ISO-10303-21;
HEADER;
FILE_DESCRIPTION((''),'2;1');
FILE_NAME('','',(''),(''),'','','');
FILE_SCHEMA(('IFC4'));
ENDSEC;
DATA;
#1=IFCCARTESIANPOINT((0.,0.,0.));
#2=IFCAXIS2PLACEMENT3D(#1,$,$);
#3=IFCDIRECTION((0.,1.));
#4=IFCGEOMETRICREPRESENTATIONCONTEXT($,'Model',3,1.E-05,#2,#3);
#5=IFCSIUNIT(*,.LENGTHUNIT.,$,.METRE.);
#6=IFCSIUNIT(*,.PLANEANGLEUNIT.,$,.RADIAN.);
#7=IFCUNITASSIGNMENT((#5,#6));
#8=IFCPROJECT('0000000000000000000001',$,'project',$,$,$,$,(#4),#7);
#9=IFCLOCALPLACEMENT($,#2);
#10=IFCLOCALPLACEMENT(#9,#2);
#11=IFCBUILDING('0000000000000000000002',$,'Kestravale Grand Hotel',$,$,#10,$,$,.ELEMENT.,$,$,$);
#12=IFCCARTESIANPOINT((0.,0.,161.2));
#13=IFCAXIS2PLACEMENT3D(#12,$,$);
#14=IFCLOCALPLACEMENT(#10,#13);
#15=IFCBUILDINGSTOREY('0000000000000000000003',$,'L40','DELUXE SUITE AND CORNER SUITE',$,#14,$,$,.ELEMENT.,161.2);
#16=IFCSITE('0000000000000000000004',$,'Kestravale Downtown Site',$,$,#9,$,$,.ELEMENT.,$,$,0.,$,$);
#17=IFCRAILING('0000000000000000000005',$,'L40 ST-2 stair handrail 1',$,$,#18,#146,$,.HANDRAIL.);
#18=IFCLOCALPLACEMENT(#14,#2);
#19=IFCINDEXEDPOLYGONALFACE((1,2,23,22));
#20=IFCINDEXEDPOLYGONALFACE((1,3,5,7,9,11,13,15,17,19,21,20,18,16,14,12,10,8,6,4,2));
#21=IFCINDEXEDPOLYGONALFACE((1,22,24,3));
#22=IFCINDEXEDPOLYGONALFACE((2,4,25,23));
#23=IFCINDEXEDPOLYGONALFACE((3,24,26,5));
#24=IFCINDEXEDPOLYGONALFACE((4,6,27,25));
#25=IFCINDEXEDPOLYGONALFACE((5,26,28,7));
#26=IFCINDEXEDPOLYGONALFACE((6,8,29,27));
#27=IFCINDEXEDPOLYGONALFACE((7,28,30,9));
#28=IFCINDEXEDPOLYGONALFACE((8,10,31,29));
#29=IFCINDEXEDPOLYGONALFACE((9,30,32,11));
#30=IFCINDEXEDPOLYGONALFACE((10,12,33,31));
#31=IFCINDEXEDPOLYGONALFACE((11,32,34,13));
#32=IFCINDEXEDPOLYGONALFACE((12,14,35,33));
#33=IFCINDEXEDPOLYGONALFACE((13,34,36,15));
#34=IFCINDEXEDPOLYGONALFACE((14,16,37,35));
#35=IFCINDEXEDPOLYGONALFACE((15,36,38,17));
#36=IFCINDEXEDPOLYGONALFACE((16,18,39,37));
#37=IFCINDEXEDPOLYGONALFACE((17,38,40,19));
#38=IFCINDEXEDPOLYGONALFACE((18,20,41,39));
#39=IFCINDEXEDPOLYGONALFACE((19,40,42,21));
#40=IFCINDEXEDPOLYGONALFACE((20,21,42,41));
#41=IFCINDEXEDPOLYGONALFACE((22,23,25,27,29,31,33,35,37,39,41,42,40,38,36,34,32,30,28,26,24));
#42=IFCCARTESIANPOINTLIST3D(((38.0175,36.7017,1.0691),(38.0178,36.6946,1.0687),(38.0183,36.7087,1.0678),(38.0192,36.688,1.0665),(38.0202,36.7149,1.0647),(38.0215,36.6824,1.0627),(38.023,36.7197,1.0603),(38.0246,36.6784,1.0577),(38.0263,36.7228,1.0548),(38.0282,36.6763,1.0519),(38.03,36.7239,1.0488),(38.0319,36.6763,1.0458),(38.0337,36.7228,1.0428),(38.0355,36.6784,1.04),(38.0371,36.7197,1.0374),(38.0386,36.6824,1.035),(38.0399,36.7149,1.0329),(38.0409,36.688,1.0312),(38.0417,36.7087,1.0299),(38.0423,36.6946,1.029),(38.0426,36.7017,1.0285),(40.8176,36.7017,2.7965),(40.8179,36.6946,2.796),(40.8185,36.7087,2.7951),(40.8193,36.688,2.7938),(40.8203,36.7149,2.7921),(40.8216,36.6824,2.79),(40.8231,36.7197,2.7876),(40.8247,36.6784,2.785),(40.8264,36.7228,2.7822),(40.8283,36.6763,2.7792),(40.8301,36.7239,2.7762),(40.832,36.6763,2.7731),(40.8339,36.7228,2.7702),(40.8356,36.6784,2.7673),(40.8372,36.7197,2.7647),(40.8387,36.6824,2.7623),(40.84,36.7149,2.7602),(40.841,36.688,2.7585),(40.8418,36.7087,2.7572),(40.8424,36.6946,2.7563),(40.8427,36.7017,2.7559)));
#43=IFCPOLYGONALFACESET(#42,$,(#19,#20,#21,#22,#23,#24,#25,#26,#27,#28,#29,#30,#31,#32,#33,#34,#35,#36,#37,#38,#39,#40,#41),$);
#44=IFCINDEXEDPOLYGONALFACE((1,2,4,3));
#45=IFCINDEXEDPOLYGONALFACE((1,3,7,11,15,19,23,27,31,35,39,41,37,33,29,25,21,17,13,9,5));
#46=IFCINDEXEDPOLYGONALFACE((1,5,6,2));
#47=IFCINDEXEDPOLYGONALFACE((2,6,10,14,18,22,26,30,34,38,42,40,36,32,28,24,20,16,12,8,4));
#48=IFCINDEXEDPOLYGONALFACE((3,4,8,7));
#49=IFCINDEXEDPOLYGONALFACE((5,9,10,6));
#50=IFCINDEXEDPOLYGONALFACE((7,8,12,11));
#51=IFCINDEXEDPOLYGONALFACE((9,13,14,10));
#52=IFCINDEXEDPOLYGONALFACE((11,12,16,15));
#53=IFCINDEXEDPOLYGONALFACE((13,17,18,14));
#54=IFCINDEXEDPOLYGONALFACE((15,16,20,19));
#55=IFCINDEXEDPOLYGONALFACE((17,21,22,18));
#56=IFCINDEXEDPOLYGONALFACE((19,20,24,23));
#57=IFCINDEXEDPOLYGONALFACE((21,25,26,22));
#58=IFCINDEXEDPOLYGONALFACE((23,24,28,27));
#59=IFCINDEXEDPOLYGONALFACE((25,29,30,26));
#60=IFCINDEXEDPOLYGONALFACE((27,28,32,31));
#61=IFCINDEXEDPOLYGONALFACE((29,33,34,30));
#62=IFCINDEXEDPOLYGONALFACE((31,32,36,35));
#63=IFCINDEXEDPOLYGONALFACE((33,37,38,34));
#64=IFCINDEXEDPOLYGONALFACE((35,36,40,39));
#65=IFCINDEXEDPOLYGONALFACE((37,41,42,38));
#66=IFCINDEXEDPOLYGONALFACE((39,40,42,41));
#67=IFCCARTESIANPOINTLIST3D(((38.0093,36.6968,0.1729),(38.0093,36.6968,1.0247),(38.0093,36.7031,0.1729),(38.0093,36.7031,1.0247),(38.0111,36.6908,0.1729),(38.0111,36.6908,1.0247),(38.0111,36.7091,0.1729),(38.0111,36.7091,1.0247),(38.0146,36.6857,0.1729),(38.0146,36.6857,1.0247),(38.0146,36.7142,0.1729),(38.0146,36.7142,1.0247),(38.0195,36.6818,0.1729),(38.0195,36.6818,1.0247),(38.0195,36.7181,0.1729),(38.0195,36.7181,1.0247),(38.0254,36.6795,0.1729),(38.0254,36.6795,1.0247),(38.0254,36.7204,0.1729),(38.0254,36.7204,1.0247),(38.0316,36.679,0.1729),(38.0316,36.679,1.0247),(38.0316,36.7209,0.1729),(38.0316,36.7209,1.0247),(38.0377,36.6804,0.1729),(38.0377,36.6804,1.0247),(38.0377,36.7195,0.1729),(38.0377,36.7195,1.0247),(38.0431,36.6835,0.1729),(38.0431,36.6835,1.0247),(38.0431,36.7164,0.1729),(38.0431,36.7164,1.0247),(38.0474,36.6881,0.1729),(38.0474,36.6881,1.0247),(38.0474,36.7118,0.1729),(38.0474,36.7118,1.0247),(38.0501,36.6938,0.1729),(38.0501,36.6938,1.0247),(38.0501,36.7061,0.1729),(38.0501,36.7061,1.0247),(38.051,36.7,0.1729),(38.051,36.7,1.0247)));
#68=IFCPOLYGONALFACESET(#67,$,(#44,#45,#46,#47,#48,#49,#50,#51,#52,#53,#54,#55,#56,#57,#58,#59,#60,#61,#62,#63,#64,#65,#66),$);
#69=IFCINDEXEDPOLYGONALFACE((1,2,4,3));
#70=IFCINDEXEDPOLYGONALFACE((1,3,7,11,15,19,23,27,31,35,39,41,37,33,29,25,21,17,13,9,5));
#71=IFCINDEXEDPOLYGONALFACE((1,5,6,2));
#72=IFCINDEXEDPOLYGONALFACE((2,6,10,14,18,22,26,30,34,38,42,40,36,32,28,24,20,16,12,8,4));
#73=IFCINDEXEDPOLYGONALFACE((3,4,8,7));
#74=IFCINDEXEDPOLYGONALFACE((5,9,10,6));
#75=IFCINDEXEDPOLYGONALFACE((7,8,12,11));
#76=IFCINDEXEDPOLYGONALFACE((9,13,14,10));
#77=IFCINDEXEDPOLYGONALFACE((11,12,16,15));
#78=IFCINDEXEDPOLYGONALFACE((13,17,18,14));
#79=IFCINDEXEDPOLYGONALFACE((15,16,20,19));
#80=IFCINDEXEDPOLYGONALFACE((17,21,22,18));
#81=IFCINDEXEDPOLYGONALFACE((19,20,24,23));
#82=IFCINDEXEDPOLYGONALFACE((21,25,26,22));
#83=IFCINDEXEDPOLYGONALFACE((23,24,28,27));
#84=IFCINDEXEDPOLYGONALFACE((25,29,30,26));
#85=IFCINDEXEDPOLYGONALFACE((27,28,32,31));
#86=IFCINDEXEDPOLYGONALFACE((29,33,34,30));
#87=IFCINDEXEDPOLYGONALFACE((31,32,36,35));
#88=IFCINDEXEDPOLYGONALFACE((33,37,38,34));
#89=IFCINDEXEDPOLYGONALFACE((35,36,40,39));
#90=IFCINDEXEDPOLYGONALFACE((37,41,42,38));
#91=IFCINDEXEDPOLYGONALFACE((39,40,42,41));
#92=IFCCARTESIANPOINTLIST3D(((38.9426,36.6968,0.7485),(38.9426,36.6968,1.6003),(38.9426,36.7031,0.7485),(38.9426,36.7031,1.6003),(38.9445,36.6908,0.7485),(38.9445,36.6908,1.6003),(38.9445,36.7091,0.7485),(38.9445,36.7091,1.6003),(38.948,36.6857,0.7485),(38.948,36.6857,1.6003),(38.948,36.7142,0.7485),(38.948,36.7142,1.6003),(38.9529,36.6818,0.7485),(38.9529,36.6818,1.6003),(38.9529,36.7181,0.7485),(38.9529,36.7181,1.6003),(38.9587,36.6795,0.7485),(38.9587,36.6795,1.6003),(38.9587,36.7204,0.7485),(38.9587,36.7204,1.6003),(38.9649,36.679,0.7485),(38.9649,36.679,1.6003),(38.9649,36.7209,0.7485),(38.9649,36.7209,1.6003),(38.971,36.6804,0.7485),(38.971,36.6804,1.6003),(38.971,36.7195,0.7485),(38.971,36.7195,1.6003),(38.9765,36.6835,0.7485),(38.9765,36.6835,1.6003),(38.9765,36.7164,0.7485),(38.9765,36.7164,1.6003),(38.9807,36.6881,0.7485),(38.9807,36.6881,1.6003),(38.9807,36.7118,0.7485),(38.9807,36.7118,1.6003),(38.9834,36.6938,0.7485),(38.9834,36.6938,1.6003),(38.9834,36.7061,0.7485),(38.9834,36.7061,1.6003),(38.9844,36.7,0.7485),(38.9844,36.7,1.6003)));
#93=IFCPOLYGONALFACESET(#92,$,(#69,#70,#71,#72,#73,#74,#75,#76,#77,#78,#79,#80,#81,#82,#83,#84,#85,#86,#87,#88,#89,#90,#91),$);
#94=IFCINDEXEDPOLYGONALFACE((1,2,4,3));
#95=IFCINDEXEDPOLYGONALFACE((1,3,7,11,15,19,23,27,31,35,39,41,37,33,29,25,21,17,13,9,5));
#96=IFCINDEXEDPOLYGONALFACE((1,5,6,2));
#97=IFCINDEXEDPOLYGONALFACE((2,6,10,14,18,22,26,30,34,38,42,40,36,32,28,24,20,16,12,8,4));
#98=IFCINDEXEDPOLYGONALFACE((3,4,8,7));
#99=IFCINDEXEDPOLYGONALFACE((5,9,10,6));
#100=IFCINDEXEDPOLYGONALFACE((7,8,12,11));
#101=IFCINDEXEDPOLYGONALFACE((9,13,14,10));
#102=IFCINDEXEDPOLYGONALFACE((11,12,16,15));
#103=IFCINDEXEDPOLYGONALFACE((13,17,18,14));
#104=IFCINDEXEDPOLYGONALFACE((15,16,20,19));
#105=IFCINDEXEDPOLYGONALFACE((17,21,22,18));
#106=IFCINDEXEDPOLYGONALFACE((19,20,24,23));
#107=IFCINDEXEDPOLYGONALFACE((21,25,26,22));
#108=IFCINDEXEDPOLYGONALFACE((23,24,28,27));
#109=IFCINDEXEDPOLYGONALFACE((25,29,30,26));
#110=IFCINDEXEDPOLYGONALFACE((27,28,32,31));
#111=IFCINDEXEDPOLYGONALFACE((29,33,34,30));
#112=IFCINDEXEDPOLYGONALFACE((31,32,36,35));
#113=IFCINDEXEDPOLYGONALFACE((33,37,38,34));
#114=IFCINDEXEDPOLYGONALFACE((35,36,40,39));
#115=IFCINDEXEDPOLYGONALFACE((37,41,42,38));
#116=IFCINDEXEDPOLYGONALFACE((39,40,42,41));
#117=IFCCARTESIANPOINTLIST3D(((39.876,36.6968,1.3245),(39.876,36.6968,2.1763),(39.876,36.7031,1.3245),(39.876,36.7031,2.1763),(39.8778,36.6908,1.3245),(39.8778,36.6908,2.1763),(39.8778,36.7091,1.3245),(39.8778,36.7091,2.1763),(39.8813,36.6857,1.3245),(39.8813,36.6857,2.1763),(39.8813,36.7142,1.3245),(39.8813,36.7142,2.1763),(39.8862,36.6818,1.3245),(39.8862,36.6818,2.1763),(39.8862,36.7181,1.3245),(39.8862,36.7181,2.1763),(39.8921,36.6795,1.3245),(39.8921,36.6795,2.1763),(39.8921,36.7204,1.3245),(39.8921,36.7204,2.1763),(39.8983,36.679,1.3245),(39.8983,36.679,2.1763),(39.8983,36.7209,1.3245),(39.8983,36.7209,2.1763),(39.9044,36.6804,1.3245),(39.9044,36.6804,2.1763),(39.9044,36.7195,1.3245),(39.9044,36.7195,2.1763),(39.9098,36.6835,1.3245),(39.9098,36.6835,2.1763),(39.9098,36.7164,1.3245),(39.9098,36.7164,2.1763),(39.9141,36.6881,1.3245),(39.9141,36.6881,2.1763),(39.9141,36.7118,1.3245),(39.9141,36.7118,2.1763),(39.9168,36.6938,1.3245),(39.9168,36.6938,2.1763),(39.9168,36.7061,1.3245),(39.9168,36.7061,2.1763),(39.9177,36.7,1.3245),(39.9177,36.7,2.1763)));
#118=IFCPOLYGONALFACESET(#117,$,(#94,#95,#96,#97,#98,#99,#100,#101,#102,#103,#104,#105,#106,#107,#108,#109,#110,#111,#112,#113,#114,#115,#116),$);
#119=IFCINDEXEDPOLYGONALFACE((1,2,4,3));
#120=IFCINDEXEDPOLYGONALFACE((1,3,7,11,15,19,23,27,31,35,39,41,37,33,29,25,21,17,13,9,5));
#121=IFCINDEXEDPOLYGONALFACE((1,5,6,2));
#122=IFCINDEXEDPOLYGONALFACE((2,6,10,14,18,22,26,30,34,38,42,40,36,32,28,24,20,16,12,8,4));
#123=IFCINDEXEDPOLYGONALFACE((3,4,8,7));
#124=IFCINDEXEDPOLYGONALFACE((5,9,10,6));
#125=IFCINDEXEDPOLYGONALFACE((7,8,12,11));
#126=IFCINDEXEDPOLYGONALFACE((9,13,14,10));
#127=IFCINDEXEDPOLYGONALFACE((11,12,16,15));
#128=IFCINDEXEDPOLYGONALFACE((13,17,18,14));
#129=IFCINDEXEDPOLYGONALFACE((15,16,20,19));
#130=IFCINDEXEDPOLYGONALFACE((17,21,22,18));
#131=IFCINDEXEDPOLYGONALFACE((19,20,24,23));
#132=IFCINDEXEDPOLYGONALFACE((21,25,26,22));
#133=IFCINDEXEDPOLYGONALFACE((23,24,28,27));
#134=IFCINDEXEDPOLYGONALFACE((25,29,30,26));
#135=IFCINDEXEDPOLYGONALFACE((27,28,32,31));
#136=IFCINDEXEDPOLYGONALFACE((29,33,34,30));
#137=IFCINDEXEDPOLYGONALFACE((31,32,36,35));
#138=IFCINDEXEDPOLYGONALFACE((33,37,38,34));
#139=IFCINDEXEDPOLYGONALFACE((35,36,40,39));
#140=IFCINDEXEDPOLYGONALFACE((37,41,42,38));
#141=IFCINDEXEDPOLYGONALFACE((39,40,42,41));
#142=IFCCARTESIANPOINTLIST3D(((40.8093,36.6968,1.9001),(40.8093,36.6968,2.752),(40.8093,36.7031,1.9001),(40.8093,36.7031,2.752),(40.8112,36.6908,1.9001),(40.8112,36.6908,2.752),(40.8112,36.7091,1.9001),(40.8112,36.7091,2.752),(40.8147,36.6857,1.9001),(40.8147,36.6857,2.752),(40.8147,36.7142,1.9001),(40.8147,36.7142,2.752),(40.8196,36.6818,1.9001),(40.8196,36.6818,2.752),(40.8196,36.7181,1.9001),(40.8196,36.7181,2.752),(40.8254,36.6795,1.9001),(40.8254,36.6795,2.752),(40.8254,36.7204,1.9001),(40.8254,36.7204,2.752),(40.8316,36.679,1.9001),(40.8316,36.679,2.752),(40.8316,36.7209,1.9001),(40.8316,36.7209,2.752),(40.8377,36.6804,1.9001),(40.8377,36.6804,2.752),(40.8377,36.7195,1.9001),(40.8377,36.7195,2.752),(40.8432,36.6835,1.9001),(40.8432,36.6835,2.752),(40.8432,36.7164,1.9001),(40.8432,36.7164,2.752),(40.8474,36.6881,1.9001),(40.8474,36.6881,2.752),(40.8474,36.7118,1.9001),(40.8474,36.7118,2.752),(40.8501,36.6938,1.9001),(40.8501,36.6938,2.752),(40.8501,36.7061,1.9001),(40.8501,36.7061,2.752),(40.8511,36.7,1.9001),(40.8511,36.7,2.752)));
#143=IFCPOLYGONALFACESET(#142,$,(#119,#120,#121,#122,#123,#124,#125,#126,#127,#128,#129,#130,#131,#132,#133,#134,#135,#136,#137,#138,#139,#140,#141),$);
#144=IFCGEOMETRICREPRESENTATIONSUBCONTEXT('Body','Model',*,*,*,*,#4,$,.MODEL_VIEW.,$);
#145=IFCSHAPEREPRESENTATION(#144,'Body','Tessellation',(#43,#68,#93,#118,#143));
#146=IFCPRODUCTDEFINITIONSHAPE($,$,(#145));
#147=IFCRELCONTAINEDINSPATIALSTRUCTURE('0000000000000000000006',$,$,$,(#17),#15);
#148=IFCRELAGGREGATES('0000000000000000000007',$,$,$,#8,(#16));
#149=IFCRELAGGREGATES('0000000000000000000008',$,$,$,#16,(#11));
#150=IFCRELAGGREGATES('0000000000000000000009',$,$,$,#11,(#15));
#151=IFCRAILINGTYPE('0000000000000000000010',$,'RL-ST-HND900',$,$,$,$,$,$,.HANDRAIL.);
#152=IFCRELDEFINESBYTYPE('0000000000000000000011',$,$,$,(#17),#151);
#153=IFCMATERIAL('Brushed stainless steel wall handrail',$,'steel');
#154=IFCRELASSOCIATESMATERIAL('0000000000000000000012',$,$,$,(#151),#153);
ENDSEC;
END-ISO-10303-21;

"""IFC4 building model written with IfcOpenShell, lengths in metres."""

from ifc_helpers import new_model, si_unit, direction, frame, origin, origin_2d, place, context, subcontext, project, spatial, circle, extrude, material, type_object, element, save


model = new_model("IFC4")

# Units and contexts
model_context = context("Model", 3, precision=1e-05, world=origin(), true_north=direction((0.0, 1.0)))
body_context = subcontext(model_context, "Body", "Model", "MODEL_VIEW")
ifc_project = project(units=[si_unit("LENGTHUNIT", "METRE"), si_unit("PLANEANGLEUNIT", "RADIAN")], contexts=[model_context])

# Site, building, storey
site_placement = place(None, origin())
site = spatial("IfcSite", under=ifc_project, at=site_placement, Name="Kestravale Downtown Site", CompositionType="ELEMENT", RefElevation=0.0)
building_placement = place(site_placement, origin())
building = spatial("IfcBuilding", under=site, at=building_placement, Name="Kestravale Grand Hotel", CompositionType="ELEMENT")
storey_placement = place(building_placement, frame((0.0, 0.0, 161.2)))
storey = spatial("IfcBuildingStorey", under=building, at=storey_placement, Name="L40", Description="DELUXE SUITE AND CORNER SUITE", CompositionType="ELEMENT", Elevation=161.2)

# Railing
ifc_material_1 = material(Name="Brushed stainless steel wall handrail", Category="steel")
railing_type_1 = type_object("IfcRailingType", Name="RL-ST-HND900", PredefinedType="HANDRAIL", material=ifc_material_1)
railing_1_placement = place(storey_placement, frame((38.03, 36.7, 0.1729)))
element("IfcRailing", 1, at=railing_1_placement, inside=storey, type_object=railing_type_1, Name="L40 ST-2 stair handrail 1", PredefinedType="HANDRAIL", context=body_context, shape_type="SweptSolid", body=[
    extrude(circle(Radius=0.0239, at=origin_2d()), frame((0.0, 0.0, 0.876), z_axis=(0.85109, 0.0, 0.52502), x_axis=(0.0, 1.0, 0.0)), (0.0, 0.0, 1.0), 3.29),
    extrude(circle(Radius=0.021, at=origin_2d()), origin(), (0.0, 0.0, 1.0), 0.8518),
    extrude(circle(Radius=0.021, at=origin_2d()), frame((0.9333, 0.0, 0.5757)), (0.0, 0.0, 1.0), 0.8518),
    extrude(circle(Radius=0.021, at=origin_2d()), frame((1.8667, 0.0, 1.1516)), (0.0, 0.0, 1.0), 0.8518),
    extrude(circle(Radius=0.021, at=origin_2d()), frame((2.8, 0.0, 1.7273)), (0.0, 0.0, 1.0), 0.8518),
])

save(model, "model.ifc")
